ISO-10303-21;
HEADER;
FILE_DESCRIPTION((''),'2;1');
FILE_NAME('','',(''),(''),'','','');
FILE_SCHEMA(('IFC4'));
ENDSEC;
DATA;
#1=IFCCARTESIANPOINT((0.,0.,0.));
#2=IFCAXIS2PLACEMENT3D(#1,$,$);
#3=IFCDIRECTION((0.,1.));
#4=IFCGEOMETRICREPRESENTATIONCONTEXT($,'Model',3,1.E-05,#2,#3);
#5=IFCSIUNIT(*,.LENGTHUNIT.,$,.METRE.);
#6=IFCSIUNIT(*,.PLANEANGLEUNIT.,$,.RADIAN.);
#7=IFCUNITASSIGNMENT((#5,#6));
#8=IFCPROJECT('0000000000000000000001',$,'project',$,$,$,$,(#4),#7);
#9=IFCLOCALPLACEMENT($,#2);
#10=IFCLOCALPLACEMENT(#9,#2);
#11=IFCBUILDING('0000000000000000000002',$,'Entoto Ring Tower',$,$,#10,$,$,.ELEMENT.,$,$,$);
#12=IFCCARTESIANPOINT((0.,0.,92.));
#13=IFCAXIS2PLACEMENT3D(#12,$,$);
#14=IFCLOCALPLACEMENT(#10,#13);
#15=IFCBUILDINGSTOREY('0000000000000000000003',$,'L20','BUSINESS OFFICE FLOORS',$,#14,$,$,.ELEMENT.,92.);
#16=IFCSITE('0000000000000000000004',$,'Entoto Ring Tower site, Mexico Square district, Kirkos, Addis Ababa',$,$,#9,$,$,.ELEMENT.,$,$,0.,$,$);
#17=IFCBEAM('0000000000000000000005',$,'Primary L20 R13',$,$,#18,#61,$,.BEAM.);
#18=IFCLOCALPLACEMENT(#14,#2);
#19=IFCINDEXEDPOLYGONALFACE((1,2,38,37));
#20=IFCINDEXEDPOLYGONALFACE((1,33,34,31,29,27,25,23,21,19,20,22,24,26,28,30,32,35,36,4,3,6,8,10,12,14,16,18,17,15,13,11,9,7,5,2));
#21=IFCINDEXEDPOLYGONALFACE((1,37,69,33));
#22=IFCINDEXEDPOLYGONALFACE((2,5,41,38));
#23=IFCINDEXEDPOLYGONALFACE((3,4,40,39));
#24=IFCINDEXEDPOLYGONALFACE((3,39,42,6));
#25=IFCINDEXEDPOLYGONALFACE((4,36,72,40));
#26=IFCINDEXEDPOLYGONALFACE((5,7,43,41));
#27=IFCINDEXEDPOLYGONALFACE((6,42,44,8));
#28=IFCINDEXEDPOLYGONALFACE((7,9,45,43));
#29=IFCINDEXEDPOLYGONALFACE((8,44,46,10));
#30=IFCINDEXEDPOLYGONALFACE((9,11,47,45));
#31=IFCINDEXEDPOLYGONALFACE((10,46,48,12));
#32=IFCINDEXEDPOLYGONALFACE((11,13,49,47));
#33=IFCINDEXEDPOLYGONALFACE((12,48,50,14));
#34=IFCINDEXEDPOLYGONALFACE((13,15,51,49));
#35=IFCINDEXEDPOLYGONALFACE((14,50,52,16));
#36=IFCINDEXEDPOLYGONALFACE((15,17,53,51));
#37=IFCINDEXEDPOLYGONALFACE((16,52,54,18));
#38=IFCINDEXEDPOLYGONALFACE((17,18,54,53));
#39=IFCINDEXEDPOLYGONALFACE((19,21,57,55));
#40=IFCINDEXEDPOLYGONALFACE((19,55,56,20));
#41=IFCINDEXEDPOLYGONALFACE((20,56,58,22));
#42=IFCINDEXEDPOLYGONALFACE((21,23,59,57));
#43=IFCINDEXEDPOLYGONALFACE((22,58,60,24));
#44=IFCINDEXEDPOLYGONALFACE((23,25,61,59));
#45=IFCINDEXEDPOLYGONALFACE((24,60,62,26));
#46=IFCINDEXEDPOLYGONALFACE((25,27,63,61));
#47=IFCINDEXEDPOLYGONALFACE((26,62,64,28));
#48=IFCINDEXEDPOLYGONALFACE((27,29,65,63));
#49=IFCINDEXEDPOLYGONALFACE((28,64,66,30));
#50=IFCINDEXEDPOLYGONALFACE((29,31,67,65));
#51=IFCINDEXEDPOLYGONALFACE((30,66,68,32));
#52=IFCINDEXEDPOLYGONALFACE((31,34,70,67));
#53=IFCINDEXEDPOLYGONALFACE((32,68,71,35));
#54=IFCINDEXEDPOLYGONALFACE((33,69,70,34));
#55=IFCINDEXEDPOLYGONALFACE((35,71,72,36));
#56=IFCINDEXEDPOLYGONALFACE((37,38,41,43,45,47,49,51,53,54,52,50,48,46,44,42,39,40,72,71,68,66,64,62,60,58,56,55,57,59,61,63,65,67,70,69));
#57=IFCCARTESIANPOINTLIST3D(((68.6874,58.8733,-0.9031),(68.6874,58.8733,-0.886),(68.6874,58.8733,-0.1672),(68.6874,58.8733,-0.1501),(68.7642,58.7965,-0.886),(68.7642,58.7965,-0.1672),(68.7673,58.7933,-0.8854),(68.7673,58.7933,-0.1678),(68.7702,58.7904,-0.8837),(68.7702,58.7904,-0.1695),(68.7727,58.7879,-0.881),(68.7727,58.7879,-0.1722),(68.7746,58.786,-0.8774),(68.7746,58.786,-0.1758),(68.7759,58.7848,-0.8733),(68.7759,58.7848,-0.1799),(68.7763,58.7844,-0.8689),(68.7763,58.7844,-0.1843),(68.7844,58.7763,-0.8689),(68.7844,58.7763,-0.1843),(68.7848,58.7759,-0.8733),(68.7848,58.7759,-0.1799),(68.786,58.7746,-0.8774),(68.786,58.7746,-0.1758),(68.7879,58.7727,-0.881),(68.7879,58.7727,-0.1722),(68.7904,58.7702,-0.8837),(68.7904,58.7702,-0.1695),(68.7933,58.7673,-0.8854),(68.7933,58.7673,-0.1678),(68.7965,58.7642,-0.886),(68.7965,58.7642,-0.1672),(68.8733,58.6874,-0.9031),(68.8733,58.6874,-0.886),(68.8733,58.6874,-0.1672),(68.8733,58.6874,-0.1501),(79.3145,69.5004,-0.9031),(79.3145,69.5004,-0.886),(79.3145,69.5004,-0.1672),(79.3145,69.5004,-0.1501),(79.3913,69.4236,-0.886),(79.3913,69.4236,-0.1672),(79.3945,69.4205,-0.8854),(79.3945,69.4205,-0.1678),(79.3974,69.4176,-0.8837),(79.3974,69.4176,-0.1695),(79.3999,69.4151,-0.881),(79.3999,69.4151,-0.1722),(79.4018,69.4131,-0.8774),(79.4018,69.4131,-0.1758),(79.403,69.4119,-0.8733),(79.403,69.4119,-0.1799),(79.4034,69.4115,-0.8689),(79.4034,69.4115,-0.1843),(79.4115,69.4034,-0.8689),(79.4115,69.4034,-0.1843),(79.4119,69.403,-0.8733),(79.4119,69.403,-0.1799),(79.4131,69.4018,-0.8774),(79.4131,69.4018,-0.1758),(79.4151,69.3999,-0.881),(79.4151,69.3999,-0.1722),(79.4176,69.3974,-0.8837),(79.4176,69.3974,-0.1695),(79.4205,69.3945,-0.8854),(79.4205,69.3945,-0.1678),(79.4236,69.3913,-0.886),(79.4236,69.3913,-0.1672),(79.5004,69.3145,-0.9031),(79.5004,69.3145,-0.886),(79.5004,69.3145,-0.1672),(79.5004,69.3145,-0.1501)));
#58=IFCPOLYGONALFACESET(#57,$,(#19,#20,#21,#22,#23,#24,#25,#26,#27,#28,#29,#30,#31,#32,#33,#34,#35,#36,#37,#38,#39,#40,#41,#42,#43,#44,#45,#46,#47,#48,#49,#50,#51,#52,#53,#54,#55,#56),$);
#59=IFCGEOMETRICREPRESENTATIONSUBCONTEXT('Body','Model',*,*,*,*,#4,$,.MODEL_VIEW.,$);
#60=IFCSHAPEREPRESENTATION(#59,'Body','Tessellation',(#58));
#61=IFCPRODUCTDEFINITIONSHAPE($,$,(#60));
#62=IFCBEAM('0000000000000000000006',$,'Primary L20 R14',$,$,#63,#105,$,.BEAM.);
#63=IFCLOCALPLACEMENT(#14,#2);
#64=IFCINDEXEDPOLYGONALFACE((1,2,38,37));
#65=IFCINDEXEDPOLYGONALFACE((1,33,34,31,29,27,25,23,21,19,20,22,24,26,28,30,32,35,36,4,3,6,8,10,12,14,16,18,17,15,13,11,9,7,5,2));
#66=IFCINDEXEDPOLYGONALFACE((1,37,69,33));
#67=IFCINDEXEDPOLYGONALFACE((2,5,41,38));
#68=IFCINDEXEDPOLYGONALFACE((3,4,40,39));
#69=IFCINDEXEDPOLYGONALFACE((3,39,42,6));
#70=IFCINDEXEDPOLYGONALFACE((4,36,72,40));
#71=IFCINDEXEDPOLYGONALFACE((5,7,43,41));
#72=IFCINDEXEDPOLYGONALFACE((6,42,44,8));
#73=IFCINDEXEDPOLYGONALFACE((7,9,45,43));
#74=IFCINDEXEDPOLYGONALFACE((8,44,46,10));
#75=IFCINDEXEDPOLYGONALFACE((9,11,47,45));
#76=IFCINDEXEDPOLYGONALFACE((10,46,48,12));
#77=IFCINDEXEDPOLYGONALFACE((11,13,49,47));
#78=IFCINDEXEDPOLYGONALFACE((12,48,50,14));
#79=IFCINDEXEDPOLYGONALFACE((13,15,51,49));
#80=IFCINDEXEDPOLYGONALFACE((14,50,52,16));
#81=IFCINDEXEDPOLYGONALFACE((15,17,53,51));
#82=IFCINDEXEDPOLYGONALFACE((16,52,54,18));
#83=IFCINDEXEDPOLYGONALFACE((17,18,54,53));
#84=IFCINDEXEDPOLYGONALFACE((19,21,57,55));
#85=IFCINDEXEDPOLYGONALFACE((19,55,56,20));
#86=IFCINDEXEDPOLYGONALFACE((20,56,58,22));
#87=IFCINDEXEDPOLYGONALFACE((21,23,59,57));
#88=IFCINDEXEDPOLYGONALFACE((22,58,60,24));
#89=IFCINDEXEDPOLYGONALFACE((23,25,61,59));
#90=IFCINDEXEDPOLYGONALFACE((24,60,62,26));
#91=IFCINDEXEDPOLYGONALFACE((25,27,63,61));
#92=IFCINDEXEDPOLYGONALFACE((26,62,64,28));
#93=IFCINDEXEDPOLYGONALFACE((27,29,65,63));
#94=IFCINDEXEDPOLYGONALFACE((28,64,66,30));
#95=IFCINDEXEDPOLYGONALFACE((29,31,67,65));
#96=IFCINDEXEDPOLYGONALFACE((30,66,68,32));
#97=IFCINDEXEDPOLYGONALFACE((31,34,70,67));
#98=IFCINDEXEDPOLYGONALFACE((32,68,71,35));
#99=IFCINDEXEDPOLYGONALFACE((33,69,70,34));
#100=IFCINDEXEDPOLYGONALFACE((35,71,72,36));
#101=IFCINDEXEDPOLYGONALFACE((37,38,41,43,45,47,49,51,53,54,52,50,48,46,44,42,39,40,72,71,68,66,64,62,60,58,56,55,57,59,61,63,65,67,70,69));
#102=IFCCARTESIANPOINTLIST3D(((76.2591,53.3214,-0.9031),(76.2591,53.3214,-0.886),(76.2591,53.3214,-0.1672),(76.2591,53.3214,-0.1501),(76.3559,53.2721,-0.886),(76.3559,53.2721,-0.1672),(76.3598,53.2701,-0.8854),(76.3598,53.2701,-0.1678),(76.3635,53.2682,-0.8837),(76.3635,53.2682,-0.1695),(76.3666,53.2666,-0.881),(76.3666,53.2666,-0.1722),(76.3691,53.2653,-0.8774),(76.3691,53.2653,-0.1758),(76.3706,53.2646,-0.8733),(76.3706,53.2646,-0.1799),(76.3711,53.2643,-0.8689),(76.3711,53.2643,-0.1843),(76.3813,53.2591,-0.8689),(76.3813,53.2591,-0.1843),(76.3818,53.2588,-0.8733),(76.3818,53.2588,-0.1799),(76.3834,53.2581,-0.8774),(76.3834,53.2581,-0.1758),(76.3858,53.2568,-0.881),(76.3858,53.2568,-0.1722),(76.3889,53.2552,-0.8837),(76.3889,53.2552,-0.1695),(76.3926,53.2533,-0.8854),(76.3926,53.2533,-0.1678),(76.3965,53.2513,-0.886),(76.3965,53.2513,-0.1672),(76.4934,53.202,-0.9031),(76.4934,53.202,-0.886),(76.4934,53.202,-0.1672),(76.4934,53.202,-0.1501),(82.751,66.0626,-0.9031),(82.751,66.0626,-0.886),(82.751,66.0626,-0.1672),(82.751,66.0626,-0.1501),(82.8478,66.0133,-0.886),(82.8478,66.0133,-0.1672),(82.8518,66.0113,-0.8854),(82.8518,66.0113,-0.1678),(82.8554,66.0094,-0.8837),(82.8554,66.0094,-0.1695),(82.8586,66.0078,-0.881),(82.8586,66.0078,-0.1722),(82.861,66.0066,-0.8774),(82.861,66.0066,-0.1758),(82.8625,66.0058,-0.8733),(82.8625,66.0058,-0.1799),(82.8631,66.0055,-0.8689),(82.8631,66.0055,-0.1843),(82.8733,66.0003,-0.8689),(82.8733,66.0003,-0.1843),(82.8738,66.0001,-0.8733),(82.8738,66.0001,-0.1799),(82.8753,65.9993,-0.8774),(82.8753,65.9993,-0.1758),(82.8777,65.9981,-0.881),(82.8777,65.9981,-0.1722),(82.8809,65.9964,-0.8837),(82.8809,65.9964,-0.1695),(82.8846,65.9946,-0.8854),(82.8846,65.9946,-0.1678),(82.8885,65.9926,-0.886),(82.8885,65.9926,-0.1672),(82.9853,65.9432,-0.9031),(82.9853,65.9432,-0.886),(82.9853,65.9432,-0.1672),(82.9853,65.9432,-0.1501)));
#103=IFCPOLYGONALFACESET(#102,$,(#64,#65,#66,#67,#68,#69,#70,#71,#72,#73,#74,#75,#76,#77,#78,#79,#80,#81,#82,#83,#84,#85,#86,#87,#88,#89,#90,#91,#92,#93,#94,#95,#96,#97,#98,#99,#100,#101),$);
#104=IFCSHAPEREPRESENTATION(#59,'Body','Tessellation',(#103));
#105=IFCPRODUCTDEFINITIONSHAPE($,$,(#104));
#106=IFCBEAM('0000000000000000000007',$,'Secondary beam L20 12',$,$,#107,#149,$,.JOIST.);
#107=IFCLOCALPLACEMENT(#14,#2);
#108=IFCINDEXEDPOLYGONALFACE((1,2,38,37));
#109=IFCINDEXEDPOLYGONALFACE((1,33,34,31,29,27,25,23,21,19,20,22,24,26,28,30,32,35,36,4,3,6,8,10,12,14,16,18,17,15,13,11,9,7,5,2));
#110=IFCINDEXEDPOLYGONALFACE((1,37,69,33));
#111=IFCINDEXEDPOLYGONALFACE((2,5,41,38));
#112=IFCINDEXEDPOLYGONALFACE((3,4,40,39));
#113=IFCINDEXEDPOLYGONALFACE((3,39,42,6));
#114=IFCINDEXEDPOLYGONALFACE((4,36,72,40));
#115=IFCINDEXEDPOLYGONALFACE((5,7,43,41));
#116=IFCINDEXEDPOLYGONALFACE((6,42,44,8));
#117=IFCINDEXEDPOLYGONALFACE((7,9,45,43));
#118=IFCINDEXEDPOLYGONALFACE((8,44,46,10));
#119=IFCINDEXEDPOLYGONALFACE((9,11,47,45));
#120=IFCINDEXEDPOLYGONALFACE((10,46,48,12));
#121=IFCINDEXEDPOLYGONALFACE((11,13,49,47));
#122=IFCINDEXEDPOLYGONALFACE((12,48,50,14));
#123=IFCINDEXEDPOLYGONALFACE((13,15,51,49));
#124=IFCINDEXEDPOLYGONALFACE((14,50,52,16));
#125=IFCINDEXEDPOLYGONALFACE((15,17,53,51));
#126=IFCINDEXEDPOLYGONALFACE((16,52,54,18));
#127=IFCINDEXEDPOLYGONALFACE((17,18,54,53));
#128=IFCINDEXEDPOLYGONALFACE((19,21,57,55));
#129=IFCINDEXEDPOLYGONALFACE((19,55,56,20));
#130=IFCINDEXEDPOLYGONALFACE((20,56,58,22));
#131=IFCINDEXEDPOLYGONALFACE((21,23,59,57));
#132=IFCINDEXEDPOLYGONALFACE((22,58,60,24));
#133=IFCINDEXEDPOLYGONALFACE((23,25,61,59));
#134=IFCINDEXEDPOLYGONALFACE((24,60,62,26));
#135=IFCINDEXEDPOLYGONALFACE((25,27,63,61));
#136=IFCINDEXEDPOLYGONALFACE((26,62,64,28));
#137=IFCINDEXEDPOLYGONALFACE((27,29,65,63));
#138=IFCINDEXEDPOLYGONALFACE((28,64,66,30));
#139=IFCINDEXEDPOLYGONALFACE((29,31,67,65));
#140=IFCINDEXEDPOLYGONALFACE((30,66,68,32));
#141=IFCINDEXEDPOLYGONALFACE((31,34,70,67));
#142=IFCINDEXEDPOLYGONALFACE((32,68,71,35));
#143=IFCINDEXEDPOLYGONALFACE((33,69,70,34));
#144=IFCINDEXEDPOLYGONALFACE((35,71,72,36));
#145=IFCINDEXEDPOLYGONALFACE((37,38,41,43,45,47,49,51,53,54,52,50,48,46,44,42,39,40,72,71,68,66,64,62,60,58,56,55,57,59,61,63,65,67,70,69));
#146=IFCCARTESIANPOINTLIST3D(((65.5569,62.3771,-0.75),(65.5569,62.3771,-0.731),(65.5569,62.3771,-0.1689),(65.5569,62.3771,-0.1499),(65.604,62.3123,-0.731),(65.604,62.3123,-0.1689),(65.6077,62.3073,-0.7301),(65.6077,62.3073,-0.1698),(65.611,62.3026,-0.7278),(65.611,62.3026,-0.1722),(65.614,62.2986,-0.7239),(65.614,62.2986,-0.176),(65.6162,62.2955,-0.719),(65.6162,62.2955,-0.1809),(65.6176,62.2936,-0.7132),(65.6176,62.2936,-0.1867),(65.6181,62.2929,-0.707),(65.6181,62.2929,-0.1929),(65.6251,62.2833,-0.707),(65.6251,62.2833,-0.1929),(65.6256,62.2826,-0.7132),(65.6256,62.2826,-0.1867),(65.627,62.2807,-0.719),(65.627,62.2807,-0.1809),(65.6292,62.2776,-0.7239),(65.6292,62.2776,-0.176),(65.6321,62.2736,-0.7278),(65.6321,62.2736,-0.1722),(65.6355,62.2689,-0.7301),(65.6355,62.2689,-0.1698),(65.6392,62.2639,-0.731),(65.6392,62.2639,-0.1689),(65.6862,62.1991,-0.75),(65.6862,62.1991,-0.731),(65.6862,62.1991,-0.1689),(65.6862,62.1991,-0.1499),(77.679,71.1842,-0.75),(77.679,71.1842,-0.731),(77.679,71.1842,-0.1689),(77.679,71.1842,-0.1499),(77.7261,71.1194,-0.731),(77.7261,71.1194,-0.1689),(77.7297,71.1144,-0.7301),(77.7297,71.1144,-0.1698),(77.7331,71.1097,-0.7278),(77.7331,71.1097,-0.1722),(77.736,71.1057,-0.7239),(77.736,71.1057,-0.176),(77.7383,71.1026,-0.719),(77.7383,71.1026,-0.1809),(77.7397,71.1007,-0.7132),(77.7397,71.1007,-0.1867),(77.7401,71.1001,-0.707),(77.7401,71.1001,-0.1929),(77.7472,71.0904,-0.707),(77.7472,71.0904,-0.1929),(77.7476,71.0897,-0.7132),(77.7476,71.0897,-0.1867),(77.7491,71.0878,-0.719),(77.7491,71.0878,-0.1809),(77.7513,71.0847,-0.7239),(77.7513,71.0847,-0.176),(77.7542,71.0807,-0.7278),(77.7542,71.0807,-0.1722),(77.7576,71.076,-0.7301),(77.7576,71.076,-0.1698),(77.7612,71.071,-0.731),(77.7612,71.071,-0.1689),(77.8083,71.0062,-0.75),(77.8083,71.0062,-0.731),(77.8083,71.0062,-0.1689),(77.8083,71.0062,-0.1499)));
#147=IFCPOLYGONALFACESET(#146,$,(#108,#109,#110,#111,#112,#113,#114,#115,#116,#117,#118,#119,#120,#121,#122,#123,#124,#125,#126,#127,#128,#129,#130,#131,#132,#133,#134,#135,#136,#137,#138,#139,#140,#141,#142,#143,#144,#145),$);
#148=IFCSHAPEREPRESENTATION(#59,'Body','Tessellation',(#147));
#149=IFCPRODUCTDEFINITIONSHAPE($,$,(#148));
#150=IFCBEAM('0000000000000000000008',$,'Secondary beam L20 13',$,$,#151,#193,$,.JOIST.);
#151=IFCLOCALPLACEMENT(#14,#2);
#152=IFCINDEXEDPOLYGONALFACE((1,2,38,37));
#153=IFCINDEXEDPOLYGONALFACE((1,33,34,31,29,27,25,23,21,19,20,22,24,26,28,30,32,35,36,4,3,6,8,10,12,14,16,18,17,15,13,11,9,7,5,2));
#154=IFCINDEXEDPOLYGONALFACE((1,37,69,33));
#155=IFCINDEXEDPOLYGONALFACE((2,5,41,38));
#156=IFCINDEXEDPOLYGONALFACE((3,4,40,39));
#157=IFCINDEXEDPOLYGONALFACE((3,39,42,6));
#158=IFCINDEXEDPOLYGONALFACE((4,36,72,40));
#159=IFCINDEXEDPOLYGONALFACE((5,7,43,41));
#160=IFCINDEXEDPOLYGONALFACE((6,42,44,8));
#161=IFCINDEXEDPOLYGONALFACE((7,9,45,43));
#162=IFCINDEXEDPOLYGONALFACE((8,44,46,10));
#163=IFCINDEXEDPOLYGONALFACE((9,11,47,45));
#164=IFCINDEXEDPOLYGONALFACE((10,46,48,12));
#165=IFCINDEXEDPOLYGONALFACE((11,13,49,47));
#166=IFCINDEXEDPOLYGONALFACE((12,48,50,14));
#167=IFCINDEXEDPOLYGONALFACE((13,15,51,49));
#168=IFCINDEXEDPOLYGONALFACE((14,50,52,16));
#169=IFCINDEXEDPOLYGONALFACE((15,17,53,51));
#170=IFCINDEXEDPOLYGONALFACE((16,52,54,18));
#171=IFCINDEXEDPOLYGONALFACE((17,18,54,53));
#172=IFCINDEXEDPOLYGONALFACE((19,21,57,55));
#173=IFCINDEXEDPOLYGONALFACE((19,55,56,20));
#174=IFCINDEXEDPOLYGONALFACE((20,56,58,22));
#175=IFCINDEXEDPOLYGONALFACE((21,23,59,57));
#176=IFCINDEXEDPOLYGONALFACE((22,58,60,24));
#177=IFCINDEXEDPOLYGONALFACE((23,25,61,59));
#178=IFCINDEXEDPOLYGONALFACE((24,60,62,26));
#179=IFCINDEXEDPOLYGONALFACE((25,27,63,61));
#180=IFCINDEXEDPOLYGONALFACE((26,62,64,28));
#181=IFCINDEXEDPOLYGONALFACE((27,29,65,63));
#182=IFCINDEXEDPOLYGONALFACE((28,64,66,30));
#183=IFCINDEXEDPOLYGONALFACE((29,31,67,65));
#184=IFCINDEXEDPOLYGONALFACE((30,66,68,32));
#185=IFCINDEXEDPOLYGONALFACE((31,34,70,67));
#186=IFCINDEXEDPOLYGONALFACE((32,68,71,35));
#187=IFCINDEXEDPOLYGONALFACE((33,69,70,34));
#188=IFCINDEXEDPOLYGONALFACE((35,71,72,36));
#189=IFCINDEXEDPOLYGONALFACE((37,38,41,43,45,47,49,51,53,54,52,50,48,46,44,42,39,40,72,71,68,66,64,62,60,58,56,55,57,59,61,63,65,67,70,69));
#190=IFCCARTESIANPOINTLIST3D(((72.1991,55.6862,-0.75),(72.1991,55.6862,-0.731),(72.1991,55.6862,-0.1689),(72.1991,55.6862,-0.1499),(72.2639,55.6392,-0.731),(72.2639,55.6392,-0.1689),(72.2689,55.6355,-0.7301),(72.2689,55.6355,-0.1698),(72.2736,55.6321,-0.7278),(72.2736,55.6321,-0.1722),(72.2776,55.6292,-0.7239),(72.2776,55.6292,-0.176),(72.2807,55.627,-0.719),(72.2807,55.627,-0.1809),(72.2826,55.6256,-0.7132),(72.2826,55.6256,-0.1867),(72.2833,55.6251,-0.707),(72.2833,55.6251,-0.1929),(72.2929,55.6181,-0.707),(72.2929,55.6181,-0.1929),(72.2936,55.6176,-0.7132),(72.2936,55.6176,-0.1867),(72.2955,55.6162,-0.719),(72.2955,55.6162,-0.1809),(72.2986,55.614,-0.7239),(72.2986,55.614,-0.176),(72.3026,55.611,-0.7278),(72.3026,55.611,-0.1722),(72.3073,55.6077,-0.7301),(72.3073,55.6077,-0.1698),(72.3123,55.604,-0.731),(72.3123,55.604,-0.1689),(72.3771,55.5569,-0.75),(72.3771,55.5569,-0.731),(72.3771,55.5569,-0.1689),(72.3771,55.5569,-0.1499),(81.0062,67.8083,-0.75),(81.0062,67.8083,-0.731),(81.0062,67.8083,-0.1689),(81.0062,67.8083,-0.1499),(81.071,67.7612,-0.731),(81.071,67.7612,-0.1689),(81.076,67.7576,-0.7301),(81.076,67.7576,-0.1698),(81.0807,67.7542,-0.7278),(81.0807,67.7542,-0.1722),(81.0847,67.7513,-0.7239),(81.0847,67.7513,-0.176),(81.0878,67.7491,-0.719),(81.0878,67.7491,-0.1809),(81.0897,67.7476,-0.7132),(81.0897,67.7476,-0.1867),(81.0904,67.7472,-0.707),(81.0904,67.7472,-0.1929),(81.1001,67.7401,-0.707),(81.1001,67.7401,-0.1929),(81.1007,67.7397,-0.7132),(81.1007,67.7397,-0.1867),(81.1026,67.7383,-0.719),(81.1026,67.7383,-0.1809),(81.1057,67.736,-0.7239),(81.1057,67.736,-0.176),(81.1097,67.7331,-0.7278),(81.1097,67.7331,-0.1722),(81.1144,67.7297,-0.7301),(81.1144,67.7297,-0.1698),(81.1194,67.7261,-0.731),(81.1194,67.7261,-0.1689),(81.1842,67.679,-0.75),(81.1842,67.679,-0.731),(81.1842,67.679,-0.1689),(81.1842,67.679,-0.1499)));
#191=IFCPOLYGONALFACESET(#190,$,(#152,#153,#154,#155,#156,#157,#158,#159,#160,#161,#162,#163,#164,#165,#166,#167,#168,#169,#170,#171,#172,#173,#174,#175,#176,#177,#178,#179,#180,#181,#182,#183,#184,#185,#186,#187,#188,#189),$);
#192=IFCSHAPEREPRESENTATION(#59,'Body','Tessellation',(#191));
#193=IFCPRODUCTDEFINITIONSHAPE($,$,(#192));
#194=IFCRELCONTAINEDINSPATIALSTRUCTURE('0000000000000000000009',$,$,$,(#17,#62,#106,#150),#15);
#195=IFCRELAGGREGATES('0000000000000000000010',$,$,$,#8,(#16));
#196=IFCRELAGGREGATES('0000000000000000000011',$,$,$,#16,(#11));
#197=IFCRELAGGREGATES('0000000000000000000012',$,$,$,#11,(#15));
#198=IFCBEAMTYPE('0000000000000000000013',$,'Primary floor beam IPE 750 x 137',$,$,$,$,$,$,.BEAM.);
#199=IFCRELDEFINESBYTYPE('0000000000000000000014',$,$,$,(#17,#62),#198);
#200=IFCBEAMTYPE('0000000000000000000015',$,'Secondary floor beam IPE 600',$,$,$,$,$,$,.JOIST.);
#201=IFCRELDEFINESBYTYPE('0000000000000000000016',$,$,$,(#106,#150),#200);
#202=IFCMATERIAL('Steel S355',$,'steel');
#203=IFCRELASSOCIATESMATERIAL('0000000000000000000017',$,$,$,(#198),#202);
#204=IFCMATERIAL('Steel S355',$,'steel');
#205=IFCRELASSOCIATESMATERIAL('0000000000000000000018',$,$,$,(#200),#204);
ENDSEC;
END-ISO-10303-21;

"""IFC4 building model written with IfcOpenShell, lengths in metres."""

from ifc_helpers import new_model, si_unit, direction, frame, origin, origin_2d, place, context, subcontext, project, spatial, i_section, extrude, material, material_profile, profile_set, type_object, element, save


model = new_model("IFC4")

# Units and contexts
model_context = context("Model", 3, precision=1e-05, world=origin(), true_north=direction((0.0, 1.0)))
body_context = subcontext(model_context, "Body", "Model", "MODEL_VIEW")
ifc_project = project(units=[si_unit("LENGTHUNIT", "METRE"), si_unit("PLANEANGLEUNIT", "RADIAN")], contexts=[model_context])

# Site, building, storey
site_placement = place(None, origin())
site = spatial("IfcSite", under=ifc_project, at=site_placement, Name="Entoto Ring Tower site, Mexico Square district, Kirkos, Addis Ababa", CompositionType="ELEMENT", RefElevation=0.0)
building_placement = place(site_placement, origin())
building = spatial("IfcBuilding", under=site, at=building_placement, Name="Entoto Ring Tower", CompositionType="ELEMENT")
storey_placement = place(building_placement, frame((0.0, 0.0, 92.0)))
storey = spatial("IfcBuildingStorey", under=building, at=storey_placement, Name="L20", Description="BUSINESS OFFICE FLOORS", CompositionType="ELEMENT", Elevation=92.0)

# Beams
ifc_material_1 = material(Name="Steel S355", Category="steel")
ifc_material_profile_1 = material_profile(ifc_material_1, i_section(OverallWidth=0.2629, OverallDepth=0.7529, WebThickness=0.0115, FlangeThickness=0.0171, FilletRadius=0.0171, at=origin_2d()), Name="IPE 750 x 137")
ifc_profile_set_1 = profile_set([ifc_material_profile_1], Name="Steel S355")
beam_type_1 = type_object("IfcBeamType", Name="Primary floor beam IPE 750 x 137", PredefinedType="BEAM", material=ifc_profile_set_1)
beam_1_placement = place(storey_placement, frame((79.4075, 69.4075, -0.5266), z_axis=(-0.707107, -0.707107, 0.0), x_axis=(0.707107, -0.707107, 0.0)))
element("IfcBeam", 1, at=beam_1_placement, inside=storey, type_object=beam_type_1, Name="Primary L20 R13", PredefinedType="BEAM", context=body_context, shape_type="SweptSolid", body=[
    extrude(i_section(OverallWidth=0.2629, OverallDepth=0.7529, WebThickness=0.0115, FlangeThickness=0.0171, FilletRadius=0.0171, at=origin_2d()), origin(), (0.0, 0.0, 1.0), 15.0291),
])
beam_2_placement = place(storey_placement, frame((82.8682, 66.0029, -0.5266), z_axis=(-0.453989, -0.891007, 0.0), x_axis=(0.891007, -0.453989, 0.0)))
element("IfcBeam", 2, at=beam_2_placement, inside=storey, type_object=beam_type_1, Name="Primary L20 R14", PredefinedType="BEAM", context=body_context, shape_type="SweptSolid", body=[
    extrude(i_section(OverallWidth=0.2629, OverallDepth=0.7529, WebThickness=0.0115, FlangeThickness=0.0171, FilletRadius=0.0171, at=origin_2d()), origin(), (0.0, 0.0, 1.0), 14.2998),
])
ifc_material_2 = material(Name="Steel S355", Category="steel")
ifc_material_profile_2 = material_profile(ifc_material_2, i_section(OverallWidth=0.22, OverallDepth=0.6001, WebThickness=0.012, FlangeThickness=0.019, FilletRadius=0.0239, at=origin_2d()), Name="IPE 600")
ifc_profile_set_2 = profile_set([ifc_material_profile_2], Name="Steel S355")
beam_type_2 = type_object("IfcBeamType", Name="Secondary floor beam IPE 600", PredefinedType="JOIST", material=ifc_profile_set_2)
for number, where, z_axis, x_axis, name in (
    (3, (77.7437, 71.0952, -0.45), (-0.809019, -0.587782, 0.0), (0.587782, -0.809019, 0.0), "Secondary beam L20 12"),
    (4, (81.0952, 67.7437, -0.45), (-0.587782, -0.809019, 0.0), (0.809019, -0.587782, 0.0), "Secondary beam L20 13"),
):
    element("IfcBeam", number, at=place(storey_placement, frame(where, z_axis=z_axis, x_axis=x_axis)), inside=storey, type_object=beam_type_2, Name=name, PredefinedType="JOIST", context=body_context, shape_type="SweptSolid", body=[
        extrude(i_section(OverallWidth=0.22, OverallDepth=0.6001, WebThickness=0.012, FlangeThickness=0.019, FilletRadius=0.0239, at=origin_2d()), origin(), (0.0, 0.0, 1.0), 14.9836),
    ])

save(model, "model.ifc")
